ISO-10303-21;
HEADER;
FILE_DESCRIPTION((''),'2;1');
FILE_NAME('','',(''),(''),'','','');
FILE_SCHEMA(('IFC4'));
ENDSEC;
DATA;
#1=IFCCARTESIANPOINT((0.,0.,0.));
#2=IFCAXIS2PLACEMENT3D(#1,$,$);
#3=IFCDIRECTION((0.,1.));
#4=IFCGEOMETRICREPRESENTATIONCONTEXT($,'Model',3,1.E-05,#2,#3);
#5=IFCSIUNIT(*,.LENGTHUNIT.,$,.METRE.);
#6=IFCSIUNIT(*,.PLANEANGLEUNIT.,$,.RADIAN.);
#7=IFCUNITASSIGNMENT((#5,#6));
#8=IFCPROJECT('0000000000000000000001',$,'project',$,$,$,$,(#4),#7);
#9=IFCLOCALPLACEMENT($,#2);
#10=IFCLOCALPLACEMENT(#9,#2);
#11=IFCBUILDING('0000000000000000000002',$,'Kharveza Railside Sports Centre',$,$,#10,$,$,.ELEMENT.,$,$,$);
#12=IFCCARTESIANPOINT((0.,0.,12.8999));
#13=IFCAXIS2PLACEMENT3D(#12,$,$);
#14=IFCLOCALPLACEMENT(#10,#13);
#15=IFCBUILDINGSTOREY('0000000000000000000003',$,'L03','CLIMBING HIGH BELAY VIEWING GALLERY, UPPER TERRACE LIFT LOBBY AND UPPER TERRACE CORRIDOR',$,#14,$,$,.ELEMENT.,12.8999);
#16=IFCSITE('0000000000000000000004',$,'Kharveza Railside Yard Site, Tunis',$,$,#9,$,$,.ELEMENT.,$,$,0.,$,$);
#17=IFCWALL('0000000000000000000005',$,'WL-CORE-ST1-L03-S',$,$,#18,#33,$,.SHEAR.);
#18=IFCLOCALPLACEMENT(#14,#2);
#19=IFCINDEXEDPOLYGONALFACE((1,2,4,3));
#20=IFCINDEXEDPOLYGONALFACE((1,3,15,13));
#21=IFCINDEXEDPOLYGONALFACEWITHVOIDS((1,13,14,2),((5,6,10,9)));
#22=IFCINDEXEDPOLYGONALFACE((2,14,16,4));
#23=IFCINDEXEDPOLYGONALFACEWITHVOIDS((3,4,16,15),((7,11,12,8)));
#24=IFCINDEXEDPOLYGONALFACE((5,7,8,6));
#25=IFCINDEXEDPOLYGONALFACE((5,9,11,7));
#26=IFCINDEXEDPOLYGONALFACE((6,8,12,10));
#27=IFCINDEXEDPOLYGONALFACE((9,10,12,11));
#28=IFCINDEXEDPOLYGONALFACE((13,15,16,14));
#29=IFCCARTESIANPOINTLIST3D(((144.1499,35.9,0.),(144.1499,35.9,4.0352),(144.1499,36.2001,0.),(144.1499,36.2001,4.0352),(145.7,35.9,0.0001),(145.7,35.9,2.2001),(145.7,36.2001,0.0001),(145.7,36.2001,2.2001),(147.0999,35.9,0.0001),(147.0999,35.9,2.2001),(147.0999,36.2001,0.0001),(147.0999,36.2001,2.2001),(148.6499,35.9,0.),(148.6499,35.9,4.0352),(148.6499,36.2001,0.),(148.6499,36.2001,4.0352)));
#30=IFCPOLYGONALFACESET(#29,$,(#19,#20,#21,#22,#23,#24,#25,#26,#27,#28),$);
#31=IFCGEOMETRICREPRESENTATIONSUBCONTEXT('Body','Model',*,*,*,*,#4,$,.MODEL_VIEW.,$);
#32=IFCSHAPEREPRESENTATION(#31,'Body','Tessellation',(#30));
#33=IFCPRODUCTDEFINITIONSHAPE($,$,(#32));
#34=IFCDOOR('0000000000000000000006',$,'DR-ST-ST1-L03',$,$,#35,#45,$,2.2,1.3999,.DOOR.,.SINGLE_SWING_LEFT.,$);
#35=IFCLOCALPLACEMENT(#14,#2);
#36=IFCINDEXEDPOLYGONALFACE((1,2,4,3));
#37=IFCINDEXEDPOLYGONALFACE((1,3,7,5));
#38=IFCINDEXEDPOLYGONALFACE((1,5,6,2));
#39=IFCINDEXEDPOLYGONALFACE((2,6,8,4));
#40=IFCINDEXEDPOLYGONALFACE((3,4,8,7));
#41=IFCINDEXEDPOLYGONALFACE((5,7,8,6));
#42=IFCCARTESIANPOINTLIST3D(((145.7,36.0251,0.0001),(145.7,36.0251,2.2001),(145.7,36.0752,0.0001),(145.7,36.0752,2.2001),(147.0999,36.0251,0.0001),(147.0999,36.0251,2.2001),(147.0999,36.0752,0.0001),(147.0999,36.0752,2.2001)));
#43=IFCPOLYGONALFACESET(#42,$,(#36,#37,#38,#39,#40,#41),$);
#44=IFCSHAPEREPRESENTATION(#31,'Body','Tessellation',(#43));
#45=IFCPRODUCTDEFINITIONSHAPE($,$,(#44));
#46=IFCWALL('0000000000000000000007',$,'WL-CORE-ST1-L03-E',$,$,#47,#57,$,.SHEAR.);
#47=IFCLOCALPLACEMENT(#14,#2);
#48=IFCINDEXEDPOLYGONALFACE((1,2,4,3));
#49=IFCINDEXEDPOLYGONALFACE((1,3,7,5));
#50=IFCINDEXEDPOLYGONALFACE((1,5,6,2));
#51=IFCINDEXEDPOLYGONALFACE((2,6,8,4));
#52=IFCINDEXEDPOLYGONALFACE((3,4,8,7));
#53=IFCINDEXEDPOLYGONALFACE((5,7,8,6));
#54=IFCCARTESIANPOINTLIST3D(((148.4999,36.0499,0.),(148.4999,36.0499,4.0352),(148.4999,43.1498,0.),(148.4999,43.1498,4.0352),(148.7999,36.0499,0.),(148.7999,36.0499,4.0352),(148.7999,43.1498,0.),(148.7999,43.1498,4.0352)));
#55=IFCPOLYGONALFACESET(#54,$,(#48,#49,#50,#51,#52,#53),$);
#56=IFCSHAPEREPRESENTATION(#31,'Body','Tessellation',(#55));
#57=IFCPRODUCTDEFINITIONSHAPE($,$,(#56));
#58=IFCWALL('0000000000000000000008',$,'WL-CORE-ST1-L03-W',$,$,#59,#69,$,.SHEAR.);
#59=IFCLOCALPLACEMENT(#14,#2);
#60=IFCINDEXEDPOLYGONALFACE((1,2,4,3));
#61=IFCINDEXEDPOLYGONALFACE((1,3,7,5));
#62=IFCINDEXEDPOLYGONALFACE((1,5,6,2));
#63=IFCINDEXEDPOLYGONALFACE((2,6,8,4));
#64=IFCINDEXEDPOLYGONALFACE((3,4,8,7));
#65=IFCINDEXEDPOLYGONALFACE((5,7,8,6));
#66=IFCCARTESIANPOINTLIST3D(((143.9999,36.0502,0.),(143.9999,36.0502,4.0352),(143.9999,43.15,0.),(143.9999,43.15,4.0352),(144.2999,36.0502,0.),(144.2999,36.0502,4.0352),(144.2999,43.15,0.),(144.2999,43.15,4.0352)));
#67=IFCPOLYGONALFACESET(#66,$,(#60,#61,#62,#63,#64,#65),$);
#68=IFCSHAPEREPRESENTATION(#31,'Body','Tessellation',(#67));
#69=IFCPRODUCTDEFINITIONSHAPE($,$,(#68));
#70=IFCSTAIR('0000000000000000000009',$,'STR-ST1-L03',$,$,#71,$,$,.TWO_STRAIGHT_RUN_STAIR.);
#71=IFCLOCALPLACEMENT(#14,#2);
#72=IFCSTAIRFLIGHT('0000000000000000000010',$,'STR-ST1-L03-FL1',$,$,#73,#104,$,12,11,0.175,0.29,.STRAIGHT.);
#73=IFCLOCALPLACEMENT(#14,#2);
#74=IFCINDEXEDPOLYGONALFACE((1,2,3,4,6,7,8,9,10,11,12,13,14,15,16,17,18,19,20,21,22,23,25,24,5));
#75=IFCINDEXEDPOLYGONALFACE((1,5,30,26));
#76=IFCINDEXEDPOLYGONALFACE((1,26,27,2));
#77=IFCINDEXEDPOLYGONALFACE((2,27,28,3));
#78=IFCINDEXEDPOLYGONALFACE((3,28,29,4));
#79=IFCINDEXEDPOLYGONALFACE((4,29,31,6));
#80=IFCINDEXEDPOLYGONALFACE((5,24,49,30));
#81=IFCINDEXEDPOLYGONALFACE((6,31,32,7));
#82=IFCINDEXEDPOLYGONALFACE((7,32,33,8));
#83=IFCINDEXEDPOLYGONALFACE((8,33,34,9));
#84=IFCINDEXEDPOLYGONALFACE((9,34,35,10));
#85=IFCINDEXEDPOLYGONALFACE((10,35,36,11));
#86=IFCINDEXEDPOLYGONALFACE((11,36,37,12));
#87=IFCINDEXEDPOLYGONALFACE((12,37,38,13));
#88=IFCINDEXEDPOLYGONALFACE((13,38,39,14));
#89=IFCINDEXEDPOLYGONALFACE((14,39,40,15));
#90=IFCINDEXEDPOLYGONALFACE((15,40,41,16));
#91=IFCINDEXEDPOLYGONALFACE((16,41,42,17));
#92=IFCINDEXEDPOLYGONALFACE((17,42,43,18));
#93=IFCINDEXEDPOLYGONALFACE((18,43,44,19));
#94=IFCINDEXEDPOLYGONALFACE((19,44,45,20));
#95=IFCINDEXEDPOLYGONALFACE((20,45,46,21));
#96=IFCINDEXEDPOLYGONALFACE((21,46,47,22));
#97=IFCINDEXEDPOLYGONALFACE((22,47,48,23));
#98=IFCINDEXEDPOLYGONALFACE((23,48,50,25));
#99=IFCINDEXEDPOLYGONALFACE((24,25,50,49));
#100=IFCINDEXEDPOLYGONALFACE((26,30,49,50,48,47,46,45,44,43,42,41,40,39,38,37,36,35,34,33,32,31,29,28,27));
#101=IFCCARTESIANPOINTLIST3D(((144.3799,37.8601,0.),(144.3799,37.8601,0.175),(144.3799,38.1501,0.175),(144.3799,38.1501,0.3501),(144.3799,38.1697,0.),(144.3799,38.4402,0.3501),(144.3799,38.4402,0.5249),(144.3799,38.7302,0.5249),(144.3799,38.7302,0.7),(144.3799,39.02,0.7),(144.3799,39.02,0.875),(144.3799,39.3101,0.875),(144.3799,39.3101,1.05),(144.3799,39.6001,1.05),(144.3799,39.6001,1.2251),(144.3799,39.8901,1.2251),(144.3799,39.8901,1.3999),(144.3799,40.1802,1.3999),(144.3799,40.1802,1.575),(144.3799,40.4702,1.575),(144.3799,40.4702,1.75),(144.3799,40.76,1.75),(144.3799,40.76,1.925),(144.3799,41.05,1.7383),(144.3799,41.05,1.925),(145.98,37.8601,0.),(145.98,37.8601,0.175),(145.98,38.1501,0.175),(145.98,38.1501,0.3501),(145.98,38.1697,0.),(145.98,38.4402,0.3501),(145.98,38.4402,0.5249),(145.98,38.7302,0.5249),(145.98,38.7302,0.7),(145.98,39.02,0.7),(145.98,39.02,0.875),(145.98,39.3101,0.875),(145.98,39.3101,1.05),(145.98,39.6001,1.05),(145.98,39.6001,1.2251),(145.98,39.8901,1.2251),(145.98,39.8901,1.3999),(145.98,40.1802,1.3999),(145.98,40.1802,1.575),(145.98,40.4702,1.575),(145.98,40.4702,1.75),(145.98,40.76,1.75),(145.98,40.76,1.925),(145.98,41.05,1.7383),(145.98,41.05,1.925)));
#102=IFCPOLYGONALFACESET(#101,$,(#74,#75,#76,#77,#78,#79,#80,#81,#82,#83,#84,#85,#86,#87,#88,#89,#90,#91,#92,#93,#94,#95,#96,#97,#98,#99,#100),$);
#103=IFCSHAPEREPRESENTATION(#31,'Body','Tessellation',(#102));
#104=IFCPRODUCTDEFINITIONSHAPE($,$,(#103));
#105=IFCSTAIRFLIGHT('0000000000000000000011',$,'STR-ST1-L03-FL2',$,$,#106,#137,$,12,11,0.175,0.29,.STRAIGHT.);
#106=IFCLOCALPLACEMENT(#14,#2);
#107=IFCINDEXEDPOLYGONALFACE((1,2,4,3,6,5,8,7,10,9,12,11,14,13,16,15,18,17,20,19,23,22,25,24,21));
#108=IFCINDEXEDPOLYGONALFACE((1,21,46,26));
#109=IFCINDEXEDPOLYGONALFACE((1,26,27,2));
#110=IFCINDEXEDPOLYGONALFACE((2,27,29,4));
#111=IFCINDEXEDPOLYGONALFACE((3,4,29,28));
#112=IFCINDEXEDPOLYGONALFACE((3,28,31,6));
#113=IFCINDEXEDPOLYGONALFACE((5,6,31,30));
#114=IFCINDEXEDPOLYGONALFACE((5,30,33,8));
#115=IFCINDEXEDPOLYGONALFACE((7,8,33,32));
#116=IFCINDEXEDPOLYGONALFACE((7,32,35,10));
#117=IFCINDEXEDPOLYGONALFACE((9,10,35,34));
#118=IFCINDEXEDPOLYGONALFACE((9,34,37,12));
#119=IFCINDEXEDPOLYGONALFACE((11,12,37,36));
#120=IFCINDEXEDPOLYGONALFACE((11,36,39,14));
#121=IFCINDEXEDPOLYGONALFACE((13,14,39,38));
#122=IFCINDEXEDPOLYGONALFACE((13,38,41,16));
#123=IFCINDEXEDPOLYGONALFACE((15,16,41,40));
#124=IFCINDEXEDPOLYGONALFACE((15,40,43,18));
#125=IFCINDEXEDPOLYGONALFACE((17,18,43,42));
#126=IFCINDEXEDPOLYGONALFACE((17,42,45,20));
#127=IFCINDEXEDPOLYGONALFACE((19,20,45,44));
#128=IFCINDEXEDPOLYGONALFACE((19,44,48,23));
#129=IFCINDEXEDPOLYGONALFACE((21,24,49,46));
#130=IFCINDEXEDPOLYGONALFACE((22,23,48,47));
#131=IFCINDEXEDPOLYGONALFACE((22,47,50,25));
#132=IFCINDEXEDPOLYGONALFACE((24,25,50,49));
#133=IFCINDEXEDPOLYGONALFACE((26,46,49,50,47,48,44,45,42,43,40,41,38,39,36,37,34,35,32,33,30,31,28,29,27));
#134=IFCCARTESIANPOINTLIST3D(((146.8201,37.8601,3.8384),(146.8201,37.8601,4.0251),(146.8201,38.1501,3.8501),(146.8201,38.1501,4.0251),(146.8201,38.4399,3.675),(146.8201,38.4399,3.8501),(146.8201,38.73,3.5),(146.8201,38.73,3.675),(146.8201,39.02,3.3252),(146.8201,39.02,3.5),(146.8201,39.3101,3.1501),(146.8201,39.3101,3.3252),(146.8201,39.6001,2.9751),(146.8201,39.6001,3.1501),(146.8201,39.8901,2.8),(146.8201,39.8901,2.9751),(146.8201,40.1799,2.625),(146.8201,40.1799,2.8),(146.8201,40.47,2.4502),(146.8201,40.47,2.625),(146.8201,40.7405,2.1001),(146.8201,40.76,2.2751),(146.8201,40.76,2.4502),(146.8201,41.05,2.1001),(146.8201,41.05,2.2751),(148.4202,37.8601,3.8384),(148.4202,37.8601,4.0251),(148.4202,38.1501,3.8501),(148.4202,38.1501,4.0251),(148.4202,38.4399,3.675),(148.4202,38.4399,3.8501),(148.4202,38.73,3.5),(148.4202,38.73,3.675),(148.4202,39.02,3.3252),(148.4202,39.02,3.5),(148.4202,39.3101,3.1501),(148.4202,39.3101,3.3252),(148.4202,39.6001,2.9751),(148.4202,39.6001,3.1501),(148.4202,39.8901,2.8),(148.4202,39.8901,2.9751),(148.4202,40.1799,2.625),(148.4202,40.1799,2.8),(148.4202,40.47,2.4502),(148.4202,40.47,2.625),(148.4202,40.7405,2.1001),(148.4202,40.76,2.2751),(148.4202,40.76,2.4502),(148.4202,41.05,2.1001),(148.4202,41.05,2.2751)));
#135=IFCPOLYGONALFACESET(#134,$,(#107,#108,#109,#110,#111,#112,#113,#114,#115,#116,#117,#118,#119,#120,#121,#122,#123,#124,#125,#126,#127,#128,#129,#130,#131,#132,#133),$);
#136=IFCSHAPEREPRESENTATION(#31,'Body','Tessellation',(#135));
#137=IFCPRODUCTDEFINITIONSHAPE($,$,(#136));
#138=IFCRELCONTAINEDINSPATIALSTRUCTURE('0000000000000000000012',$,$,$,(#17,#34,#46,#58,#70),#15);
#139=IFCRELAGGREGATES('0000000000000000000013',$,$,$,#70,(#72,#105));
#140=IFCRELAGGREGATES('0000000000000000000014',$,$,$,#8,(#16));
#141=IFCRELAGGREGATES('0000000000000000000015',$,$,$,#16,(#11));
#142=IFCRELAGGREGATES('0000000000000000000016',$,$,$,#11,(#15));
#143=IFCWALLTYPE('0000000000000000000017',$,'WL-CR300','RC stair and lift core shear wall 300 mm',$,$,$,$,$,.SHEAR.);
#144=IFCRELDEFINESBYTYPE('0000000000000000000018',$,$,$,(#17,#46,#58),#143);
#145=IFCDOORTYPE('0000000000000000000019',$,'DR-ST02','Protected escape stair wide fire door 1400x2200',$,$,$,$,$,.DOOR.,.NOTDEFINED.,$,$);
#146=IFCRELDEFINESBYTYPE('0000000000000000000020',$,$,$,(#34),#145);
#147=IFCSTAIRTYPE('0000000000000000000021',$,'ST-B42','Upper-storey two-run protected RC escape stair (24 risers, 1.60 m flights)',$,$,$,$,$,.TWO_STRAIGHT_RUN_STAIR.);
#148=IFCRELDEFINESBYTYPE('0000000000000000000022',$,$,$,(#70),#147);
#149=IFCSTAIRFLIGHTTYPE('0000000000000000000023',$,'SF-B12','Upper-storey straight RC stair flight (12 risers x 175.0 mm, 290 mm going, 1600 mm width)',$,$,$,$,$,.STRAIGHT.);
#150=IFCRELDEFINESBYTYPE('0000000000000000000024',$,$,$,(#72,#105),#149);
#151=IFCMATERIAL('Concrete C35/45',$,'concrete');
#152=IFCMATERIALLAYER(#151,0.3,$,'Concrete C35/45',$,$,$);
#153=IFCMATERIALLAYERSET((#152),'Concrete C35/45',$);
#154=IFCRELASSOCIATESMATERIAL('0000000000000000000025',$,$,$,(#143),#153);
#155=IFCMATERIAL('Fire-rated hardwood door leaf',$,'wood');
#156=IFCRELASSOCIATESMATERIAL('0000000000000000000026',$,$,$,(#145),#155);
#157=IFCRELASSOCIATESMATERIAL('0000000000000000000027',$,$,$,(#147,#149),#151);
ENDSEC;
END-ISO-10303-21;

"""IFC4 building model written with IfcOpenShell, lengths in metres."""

from ifc_helpers import new_model, si_unit, direction, frame, frame_2d, origin, place, context, subcontext, project, spatial, polyline, rectangle, outline, extrude, material, layer, layer_set, type_object, element, fill, aggregate, save


model = new_model("IFC4")

# Units and contexts
model_context = context("Model", 3, precision=1e-05, world=origin(), true_north=direction((0.0, 1.0)))
body_context = subcontext(model_context, "Body", "Model", "MODEL_VIEW")
ifc_project = project(units=[si_unit("LENGTHUNIT", "METRE"), si_unit("PLANEANGLEUNIT", "RADIAN")], contexts=[model_context])

# Site, building, storey
site_placement = place(None, origin())
site = spatial("IfcSite", under=ifc_project, at=site_placement, Name="Kharveza Railside Yard Site, Tunis", CompositionType="ELEMENT", RefElevation=0.0)
building_placement = place(site_placement, origin())
building = spatial("IfcBuilding", under=site, at=building_placement, Name="Kharveza Railside Sports Centre", CompositionType="ELEMENT")
storey_placement = place(building_placement, frame((0.0, 0.0, 12.8999)))
storey = spatial("IfcBuildingStorey", under=building, at=storey_placement, Name="L03", Description="CLIMBING HIGH BELAY VIEWING GALLERY, UPPER TERRACE LIFT LOBBY AND UPPER TERRACE CORRIDOR", CompositionType="ELEMENT", Elevation=12.8999)

# Wall, opening, door
ifc_material_1 = material(Name="Concrete C35/45", Category="concrete")
ifc_layer_1 = layer(ifc_material_1, 0.3, Name="Concrete C35/45")
ifc_layer_set_1 = layer_set([ifc_layer_1], Name="Concrete C35/45")
wall_type = type_object("IfcWallType", Name="WL-CR300", Description="RC stair and lift core shear wall 300 mm", PredefinedType="SHEAR", material=ifc_layer_set_1)
wall_placement = place(storey_placement, frame((144.1499, 36.05, 0.0), z_axis=(0.0, 0.0, 1.0), x_axis=(1.0, 0.0, 0.0)))
wall = element("IfcWall", 1, at=wall_placement, inside=storey, type_object=wall_type, Name="WL-CORE-ST1-L03-S", PredefinedType="SHEAR", context=body_context, shape_type="SweptSolid", body=[
    extrude(rectangle(XDim=4.5, YDim=0.3, at=frame_2d((2.25, 0.0))), origin(), (0.0, 0.0, 1.0), 4.0352),
])
opening_placement = place(wall_placement, frame((1.55, 0.0, 0.0)))
opening = element("IfcOpeningElement", 2, at=opening_placement, cuts=wall, PredefinedType="OPENING", context=body_context, shape_type="SweptSolid", body=[
    extrude(rectangle(XDim=1.3999, YDim=2.2, at=frame_2d((0.7, 1.1001))), frame((0.0, 0.1748, 0.0), z_axis=(0.0, -1.0, 0.0), x_axis=(1.0, 0.0, 0.0)), (0.0, 0.0, 1.0), 0.3499),
])
ifc_material_2 = material(Name="Fire-rated hardwood door leaf", Category="wood")
door_type = type_object("IfcDoorType", Name="DR-ST02", Description="Protected escape stair wide fire door 1400x2200", OperationType="NOTDEFINED", PredefinedType="DOOR", material=ifc_material_2)
door_placement = place(opening_placement, frame((1.3999, 0.0, 0.0), z_axis=(0.0, 0.0, 1.0), x_axis=(-1.0, 0.0, 0.0)))
door = element("IfcDoor", 3, at=door_placement, inside=storey, type_object=door_type, Name="DR-ST-ST1-L03", OperationType="SINGLE_SWING_LEFT", OverallHeight=2.2, OverallWidth=1.3999, PredefinedType="DOOR", context=body_context, shape_type="SweptSolid", body=[
    extrude(rectangle(XDim=1.3999, YDim=2.2, at=frame_2d((0.7, 1.1001))), frame((0.0, 0.0249, 0.0), z_axis=(0.0, -1.0, 0.0), x_axis=(1.0, 0.0, 0.0)), (0.0, 0.0, 1.0), 0.05),
])
fill(opening, door)

# Walls
for number, where, z_axis, x_axis, name in (
    (4, (148.6499, 36.05, 0.0), (0.0, 0.0, 1.0), (0.0, 1.0, 0.0), "WL-CORE-ST1-L03-E"),
    (5, (144.1499, 43.1499, 0.0), (0.0, 0.0, 1.0), (0.0, -1.0, 0.0), "WL-CORE-ST1-L03-W"),
):
    element("IfcWall", number, at=place(storey_placement, frame(where, z_axis=z_axis, x_axis=x_axis)), inside=storey, type_object=wall_type, Name=name, PredefinedType="SHEAR", context=body_context, shape_type="SweptSolid", body=[
        extrude(rectangle(XDim=7.0999, YDim=0.3, at=frame_2d((3.5498, 0.0))), origin(), (0.0, 0.0, 1.0), 4.0352),
    ])

# Stair, stair flights
stair_type = type_object("IfcStairType", Name="ST-B42", Description="Upper-storey two-run protected RC escape stair (24 risers, 1.60 m flights)", PredefinedType="TWO_STRAIGHT_RUN_STAIR", material=ifc_material_1)
stair_placement = place(storey_placement, origin())
stair = element("IfcStair", 6, at=stair_placement, inside=storey, type_object=stair_type, Name="STR-ST1-L03", PredefinedType="TWO_STRAIGHT_RUN_STAIR")
stair_flight_type = type_object("IfcStairFlightType", Name="SF-B12", Description="Upper-storey straight RC stair flight (12 risers x 175.0 mm, 290 mm going, 1600 mm width)", PredefinedType="STRAIGHT", material=ifc_material_1)
stair_flight_1_placement = place(storey_placement, frame((145.1799, 37.8601, 0.0), z_axis=(0.0, 0.0, 1.0), x_axis=(0.0, 1.0, 0.0)))
stair_flight_1 = element("IfcStairFlight", 7, at=stair_flight_1_placement, type_object=stair_flight_type, Name="STR-ST1-L03-FL1", NumberOfRisers=12, NumberOfTreads=11, PredefinedType="STRAIGHT", RiserHeight=0.175, TreadLength=0.29, context=body_context, shape_type="SweptSolid", body=[
    extrude(outline(polyline([(0.0, 0.0), (0.0, 0.175), (0.29, 0.175), (0.29, 0.3501), (0.5801, 0.3501), (0.5801, 0.5249), (0.8701, 0.5249), (0.8701, 0.7), (1.1599, 0.7), (1.1599, 0.875), (1.45, 0.875), (1.45, 1.05), (1.74, 1.05), (1.74, 1.2251), (2.03, 1.2251), (2.03, 1.3999), (2.3201, 1.3999), (2.3201, 1.575), (2.6101, 1.575), (2.6101, 1.75), (2.8999, 1.75), (2.8999, 1.925), (3.1899, 1.925), (3.1899, 2.1001), (3.1899, 1.7383), (0.3096, 0.0), (0.0, 0.0)])), frame((0.0, 0.8, 0.0), z_axis=(0.0, -1.0, 0.0), x_axis=(1.0, 0.0, 0.0)), (0.0, 0.0, 1.0), 1.6001),
])
stair_flight_2_placement = place(storey_placement, frame((147.6201, 41.05, 2.1001), z_axis=(0.0, 0.0, 1.0), x_axis=(0.0, -1.0, 0.0)))
stair_flight_2 = element("IfcStairFlight", 8, at=stair_flight_2_placement, type_object=stair_flight_type, Name="STR-ST1-L03-FL2", NumberOfRisers=12, NumberOfTreads=11, PredefinedType="STRAIGHT", RiserHeight=0.175, TreadLength=0.29, context=body_context, shape_type="SweptSolid", body=[
    extrude(outline(polyline([(0.0, 0.0), (0.0, 0.175), (0.29, 0.175), (0.29, 0.3501), (0.5801, 0.3501), (0.5801, 0.5249), (0.8701, 0.5249), (0.8701, 0.7), (1.1599, 0.7), (1.1599, 0.875), (1.45, 0.875), (1.45, 1.05), (1.74, 1.05), (1.74, 1.2251), (2.03, 1.2251), (2.03, 1.3999), (2.3201, 1.3999), (2.3201, 1.575), (2.6101, 1.575), (2.6101, 1.75), (2.8999, 1.75), (2.8999, 1.925), (3.1899, 1.925), (3.1899, 2.1001), (3.1899, 1.7383), (0.3096, 0.0), (0.0, 0.0)])), frame((0.0, 0.8, 0.0), z_axis=(0.0, -1.0, 0.0), x_axis=(1.0, 0.0, 0.0)), (0.0, 0.0, 1.0), 1.6001),
])
aggregate(stair, [stair_flight_1, stair_flight_2])

save(model, "model.ifc")
